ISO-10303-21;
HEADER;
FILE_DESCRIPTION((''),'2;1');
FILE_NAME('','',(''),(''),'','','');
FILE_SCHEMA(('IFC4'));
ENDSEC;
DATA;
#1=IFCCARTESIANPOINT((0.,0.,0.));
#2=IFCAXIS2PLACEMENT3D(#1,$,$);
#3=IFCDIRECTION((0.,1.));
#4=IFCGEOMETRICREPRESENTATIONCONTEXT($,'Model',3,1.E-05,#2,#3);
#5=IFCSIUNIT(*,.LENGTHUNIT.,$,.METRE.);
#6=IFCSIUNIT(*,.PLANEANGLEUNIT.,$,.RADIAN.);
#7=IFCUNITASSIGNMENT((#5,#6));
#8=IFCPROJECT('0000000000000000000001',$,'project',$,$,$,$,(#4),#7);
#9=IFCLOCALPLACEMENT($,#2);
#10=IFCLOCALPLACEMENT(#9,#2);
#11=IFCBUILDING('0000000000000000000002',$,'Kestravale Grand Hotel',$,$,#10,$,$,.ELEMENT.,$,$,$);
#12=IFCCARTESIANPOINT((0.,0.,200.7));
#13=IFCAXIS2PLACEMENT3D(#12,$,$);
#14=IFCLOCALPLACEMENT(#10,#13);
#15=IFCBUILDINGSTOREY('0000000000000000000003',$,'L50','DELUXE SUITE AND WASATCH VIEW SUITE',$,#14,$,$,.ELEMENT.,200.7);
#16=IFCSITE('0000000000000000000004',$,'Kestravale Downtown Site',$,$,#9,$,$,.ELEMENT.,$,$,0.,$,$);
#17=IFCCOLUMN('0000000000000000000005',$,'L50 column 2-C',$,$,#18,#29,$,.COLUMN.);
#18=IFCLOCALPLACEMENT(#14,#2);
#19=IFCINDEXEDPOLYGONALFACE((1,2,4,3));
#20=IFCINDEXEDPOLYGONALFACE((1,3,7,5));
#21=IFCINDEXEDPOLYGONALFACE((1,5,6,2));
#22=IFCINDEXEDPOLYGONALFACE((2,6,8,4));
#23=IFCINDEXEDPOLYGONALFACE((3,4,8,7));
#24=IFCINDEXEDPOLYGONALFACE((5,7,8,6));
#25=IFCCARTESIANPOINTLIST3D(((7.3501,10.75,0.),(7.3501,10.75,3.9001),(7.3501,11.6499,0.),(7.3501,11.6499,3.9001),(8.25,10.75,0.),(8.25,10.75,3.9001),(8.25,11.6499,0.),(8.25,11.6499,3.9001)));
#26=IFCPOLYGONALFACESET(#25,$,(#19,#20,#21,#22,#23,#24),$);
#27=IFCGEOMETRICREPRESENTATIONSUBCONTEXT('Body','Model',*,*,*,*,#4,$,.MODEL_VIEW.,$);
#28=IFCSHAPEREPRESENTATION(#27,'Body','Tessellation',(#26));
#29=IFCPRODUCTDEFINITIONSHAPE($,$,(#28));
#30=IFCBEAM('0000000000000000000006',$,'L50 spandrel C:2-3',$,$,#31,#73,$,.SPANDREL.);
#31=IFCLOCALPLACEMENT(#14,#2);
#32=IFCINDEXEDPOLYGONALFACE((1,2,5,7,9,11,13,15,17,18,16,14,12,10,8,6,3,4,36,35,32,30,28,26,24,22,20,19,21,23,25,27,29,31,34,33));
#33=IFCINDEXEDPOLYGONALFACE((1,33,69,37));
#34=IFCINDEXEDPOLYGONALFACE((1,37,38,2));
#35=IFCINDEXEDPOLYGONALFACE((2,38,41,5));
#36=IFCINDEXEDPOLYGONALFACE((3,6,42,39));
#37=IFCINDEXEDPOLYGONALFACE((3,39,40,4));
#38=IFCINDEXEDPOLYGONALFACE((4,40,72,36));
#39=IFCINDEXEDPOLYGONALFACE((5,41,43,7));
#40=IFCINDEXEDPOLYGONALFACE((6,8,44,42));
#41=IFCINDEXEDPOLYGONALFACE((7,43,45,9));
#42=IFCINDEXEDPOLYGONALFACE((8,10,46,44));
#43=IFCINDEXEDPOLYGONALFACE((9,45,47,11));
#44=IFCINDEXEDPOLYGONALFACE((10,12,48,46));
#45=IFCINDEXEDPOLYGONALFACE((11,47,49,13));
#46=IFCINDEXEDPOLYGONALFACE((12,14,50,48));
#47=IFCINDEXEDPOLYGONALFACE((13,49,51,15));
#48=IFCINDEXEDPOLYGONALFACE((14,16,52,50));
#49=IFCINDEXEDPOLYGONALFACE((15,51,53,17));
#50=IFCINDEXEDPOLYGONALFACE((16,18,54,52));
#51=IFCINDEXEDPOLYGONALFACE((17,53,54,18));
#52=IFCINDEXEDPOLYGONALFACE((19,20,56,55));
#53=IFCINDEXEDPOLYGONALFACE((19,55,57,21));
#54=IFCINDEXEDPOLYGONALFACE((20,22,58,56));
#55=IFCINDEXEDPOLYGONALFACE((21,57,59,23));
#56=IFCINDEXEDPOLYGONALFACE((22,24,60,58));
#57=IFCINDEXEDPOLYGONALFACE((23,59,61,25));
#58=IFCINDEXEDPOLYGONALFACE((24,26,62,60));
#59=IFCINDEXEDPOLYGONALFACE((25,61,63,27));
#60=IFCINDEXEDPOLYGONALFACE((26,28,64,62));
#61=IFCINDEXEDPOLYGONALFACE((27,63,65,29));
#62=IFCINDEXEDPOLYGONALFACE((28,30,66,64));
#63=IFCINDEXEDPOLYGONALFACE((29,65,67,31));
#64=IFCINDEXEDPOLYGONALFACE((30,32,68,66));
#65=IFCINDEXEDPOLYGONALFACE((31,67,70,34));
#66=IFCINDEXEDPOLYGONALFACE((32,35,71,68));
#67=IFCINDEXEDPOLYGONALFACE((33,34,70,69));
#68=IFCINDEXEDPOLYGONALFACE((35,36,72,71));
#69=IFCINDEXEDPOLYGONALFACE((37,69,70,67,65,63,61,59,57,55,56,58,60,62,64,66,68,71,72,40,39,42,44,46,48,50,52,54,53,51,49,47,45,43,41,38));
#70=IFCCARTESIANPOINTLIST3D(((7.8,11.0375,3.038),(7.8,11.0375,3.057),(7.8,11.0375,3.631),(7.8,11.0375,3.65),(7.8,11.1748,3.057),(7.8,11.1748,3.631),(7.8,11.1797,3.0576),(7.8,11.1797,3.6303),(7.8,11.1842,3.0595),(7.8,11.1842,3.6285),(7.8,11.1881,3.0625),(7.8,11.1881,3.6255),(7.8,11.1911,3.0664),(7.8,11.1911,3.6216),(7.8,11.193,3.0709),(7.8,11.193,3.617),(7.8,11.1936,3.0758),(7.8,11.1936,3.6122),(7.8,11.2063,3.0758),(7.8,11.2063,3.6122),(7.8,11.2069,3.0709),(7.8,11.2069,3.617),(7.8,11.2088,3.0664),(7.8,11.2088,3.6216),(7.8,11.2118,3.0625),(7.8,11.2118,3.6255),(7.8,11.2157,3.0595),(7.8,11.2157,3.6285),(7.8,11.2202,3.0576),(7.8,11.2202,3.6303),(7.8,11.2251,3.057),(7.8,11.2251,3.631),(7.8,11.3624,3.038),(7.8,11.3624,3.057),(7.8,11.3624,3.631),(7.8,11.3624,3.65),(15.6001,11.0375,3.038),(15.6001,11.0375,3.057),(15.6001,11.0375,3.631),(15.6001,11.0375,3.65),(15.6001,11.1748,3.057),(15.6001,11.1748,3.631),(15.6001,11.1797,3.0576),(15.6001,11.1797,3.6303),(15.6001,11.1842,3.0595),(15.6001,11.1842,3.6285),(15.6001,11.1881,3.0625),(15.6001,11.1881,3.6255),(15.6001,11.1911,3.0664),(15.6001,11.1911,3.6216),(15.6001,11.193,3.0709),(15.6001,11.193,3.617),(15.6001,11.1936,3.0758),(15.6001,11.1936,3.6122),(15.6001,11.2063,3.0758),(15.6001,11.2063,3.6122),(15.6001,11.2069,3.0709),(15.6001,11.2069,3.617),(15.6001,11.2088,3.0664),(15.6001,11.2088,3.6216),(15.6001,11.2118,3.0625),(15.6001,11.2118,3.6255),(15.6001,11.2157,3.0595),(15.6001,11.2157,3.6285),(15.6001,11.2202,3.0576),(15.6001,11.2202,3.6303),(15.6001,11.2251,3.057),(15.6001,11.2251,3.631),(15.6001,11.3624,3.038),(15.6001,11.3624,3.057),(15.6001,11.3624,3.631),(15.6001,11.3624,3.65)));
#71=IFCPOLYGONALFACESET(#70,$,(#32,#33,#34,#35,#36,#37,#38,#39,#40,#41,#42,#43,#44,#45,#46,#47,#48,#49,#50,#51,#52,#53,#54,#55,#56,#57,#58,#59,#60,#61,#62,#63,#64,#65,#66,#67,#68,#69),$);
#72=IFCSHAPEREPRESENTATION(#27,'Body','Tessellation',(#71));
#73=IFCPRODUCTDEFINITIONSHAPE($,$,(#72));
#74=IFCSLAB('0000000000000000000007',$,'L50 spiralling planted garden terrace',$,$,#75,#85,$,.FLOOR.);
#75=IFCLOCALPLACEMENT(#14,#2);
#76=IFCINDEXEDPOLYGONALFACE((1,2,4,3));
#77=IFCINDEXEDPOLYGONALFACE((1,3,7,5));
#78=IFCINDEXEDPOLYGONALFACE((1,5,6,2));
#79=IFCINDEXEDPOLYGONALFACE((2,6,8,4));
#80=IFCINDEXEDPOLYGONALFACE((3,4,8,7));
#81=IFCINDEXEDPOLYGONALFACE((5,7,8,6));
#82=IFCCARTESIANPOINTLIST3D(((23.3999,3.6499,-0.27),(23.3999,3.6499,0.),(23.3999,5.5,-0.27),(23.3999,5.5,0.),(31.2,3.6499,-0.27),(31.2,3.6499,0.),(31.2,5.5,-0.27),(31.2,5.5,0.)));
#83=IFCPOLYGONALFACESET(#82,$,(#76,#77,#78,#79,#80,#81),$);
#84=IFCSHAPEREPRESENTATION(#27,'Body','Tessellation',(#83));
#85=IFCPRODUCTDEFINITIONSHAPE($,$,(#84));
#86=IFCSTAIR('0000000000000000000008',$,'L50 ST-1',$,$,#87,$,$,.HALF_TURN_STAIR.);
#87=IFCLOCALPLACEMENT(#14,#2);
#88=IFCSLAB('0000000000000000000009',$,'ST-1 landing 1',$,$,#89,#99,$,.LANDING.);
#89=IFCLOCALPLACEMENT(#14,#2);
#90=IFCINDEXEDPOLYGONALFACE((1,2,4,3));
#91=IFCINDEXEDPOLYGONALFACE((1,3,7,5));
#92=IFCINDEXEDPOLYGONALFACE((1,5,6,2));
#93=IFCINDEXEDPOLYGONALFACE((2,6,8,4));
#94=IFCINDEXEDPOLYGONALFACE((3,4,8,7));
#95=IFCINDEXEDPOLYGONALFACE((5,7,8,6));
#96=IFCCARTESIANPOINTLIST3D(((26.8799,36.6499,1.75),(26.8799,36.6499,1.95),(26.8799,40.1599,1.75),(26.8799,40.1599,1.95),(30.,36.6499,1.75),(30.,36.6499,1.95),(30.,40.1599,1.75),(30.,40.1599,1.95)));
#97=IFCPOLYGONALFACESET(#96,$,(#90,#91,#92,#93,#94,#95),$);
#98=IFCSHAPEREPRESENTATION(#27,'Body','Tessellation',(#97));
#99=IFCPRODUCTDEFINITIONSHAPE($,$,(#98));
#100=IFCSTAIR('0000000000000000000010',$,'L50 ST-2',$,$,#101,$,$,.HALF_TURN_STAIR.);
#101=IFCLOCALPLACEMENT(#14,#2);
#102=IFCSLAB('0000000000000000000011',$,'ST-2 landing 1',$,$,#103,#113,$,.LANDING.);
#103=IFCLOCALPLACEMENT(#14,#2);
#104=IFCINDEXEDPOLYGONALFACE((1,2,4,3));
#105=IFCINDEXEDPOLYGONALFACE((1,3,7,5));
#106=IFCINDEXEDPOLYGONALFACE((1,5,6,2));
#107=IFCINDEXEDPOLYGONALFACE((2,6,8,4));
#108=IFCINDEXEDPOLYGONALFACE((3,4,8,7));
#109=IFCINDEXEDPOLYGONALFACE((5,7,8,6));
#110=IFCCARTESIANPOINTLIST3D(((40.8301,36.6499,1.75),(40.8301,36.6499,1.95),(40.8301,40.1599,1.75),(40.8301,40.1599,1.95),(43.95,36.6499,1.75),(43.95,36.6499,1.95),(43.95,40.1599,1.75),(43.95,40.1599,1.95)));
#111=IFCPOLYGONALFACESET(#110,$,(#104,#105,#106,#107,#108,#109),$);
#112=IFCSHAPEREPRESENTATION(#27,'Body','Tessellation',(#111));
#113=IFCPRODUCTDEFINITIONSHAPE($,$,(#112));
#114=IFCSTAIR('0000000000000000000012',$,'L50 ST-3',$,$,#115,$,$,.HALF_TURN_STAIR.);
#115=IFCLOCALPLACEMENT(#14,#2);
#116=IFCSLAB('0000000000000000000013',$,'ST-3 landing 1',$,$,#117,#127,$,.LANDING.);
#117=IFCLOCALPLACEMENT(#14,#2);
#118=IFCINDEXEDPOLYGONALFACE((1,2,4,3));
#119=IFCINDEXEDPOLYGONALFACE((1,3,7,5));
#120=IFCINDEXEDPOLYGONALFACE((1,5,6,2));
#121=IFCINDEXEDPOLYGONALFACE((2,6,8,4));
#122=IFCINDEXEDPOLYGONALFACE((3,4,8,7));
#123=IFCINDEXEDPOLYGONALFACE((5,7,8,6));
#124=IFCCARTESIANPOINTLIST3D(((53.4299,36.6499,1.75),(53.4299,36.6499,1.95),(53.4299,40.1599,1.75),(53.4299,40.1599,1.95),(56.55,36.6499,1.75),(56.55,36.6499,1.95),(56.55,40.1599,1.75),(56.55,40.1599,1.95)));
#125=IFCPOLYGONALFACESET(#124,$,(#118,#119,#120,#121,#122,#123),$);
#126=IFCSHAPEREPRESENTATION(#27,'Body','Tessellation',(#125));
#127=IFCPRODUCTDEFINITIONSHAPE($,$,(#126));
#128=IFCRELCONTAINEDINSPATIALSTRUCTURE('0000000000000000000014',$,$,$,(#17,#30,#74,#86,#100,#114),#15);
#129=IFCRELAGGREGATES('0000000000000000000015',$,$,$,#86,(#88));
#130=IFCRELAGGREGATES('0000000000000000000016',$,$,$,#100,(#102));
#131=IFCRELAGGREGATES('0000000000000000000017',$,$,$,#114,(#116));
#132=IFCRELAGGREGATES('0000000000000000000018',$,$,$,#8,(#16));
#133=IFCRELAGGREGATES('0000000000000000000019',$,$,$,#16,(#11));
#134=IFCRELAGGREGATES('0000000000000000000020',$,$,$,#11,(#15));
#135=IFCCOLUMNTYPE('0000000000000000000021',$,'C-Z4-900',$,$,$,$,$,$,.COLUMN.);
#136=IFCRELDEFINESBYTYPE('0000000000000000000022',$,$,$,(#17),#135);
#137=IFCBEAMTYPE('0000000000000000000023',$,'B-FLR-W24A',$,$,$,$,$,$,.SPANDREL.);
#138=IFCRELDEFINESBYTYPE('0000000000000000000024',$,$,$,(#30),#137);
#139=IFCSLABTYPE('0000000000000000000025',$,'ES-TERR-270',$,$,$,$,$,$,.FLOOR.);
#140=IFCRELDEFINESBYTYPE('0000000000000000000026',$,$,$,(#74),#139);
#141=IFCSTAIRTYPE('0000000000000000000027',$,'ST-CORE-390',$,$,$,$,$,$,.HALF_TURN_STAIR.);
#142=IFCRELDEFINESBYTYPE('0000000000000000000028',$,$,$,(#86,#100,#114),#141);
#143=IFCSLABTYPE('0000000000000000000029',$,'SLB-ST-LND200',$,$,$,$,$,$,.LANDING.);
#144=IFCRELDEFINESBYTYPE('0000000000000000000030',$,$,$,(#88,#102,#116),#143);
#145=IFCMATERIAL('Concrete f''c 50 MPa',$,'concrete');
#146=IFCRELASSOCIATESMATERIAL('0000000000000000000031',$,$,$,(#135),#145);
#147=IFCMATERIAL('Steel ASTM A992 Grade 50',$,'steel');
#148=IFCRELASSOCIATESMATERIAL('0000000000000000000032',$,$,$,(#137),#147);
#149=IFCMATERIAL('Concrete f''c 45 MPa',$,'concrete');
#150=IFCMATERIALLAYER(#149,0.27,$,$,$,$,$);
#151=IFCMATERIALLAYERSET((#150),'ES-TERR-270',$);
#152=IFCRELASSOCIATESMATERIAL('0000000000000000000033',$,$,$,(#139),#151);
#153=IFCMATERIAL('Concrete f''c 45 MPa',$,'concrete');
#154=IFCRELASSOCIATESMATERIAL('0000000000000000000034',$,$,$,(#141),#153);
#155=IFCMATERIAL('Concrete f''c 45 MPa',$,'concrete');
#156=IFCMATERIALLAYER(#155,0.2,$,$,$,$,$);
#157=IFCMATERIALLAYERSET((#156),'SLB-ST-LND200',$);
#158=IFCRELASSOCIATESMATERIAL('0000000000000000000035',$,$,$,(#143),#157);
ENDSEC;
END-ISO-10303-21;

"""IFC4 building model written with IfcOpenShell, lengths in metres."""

from ifc_helpers import new_model, si_unit, direction, frame, origin, origin_2d, place, context, subcontext, project, spatial, polyline, rectangle, i_section, outline, extrude, material, layer, layer_set, material_profile, profile_set, type_object, element, aggregate, save


model = new_model("IFC4")

# Units and contexts
model_context = context("Model", 3, precision=1e-05, world=origin(), true_north=direction((0.0, 1.0)))
body_context = subcontext(model_context, "Body", "Model", "MODEL_VIEW")
ifc_project = project(units=[si_unit("LENGTHUNIT", "METRE"), si_unit("PLANEANGLEUNIT", "RADIAN")], contexts=[model_context])

# Site, building, storey
site_placement = place(None, origin())
site = spatial("IfcSite", under=ifc_project, at=site_placement, Name="Kestravale Downtown Site", CompositionType="ELEMENT", RefElevation=0.0)
building_placement = place(site_placement, origin())
building = spatial("IfcBuilding", under=site, at=building_placement, Name="Kestravale Grand Hotel", CompositionType="ELEMENT")
storey_placement = place(building_placement, frame((0.0, 0.0, 200.7)))
storey = spatial("IfcBuildingStorey", under=building, at=storey_placement, Name="L50", Description="DELUXE SUITE AND WASATCH VIEW SUITE", CompositionType="ELEMENT", Elevation=200.7)

# Column
ifc_material_1 = material(Name="Concrete f'c 50 MPa", Category="concrete")
ifc_material_profile_1 = material_profile(ifc_material_1, rectangle(XDim=0.8999, YDim=0.8999, at=origin_2d()))
ifc_profile_set_1 = profile_set([ifc_material_profile_1], Name="Concrete f'c 50 MPa")
column_type = type_object("IfcColumnType", Name="C-Z4-900", PredefinedType="COLUMN", material=ifc_profile_set_1)
column_placement = place(storey_placement, frame((7.8, 11.2, 0.0), z_axis=(0.0, 0.0, 1.0), x_axis=(1.0, 0.0, 0.0)))
element("IfcColumn", 1, at=column_placement, inside=storey, type_object=column_type, Name="L50 column 2-C", PredefinedType="COLUMN", context=body_context, shape_type="SweptSolid", body=[
    extrude(rectangle(XDim=0.8999, YDim=0.8999, at=origin_2d()), origin(), (0.0, 0.0, 1.0), 3.9001),
])

# Beam
ifc_material_2 = material(Name="Steel ASTM A992 Grade 50", Category="steel")
ifc_material_profile_2 = material_profile(ifc_material_2, i_section(OverallWidth=0.325, OverallDepth=0.6121, WebThickness=0.0127, FlangeThickness=0.019, FilletRadius=0.0188, at=origin_2d()))
ifc_profile_set_2 = profile_set([ifc_material_profile_2], Name="Steel ASTM A992 Grade 50")
beam_type = type_object("IfcBeamType", Name="B-FLR-W24A", PredefinedType="SPANDREL", material=ifc_profile_set_2)
beam_placement = place(storey_placement, frame((7.8, 11.2, 3.344), z_axis=(1.0, 0.0, 0.0), x_axis=(0.0, 1.0, 0.0)))
element("IfcBeam", 2, at=beam_placement, inside=storey, type_object=beam_type, Name="L50 spandrel C:2-3", PredefinedType="SPANDREL", context=body_context, shape_type="SweptSolid", body=[
    extrude(i_section(OverallWidth=0.325, OverallDepth=0.6121, WebThickness=0.0127, FlangeThickness=0.019, FilletRadius=0.0188, at=origin_2d()), origin(), (0.0, 0.0, 1.0), 7.8),
])

# Slab
ifc_material_3 = material(Name="Concrete f'c 45 MPa", Category="concrete")
ifc_layer_1 = layer(ifc_material_3, 0.27)
ifc_layer_set_1 = layer_set([ifc_layer_1], Name="ES-TERR-270")
slab_type_1 = type_object("IfcSlabType", Name="ES-TERR-270", PredefinedType="FLOOR", material=ifc_layer_set_1)
slab_1_placement = place(storey_placement, frame((0.0, 0.0, -0.27)))
element("IfcSlab", 3, at=slab_1_placement, inside=storey, type_object=slab_type_1, Name="L50 spiralling planted garden terrace", PredefinedType="FLOOR", context=body_context, shape_type="SweptSolid", body=[
    extrude(outline(polyline([(23.3999, 3.6499), (31.2, 3.6499), (31.2, 5.5), (23.3999, 5.5), (23.3999, 3.6499)])), origin(), (0.0, 0.0, 1.0), 0.27),
])

# Stairs, slabs
ifc_material_4 = material(Name="Concrete f'c 45 MPa", Category="concrete")
stair_type = type_object("IfcStairType", Name="ST-CORE-390", PredefinedType="HALF_TURN_STAIR", material=ifc_material_4)
stair_1_placement = place(storey_placement, origin())
stair_1 = element("IfcStair", 4, at=stair_1_placement, inside=storey, type_object=stair_type, Name="L50 ST-1", PredefinedType="HALF_TURN_STAIR")
ifc_material_5 = material(Name="Concrete f'c 45 MPa", Category="concrete")
ifc_layer_2 = layer(ifc_material_5, 0.2)
ifc_layer_set_2 = layer_set([ifc_layer_2], Name="SLB-ST-LND200")
slab_type_2 = type_object("IfcSlabType", Name="SLB-ST-LND200", PredefinedType="LANDING", material=ifc_layer_set_2)
slab_2_placement = place(storey_placement, frame((0.0, 0.0, 1.75)))
slab_2 = element("IfcSlab", 5, at=slab_2_placement, type_object=slab_type_2, Name="ST-1 landing 1", PredefinedType="LANDING", context=body_context, shape_type="SweptSolid", body=[
    extrude(outline(polyline([(26.8799, 36.6499), (30.0, 36.6499), (30.0, 40.1599), (26.8799, 40.1599), (26.8799, 36.6499)])), origin(), (0.0, 0.0, 1.0), 0.2),
])
aggregate(stair_1, [slab_2])
stair_2_placement = place(storey_placement, origin())
stair_2 = element("IfcStair", 6, at=stair_2_placement, inside=storey, type_object=stair_type, Name="L50 ST-2", PredefinedType="HALF_TURN_STAIR")
slab_3_placement = place(storey_placement, frame((0.0, 0.0, 1.75)))
slab_3 = element("IfcSlab", 7, at=slab_3_placement, type_object=slab_type_2, Name="ST-2 landing 1", PredefinedType="LANDING", context=body_context, shape_type="SweptSolid", body=[
    extrude(outline(polyline([(40.8301, 36.6499), (43.95, 36.6499), (43.95, 40.1599), (40.8301, 40.1599), (40.8301, 36.6499)])), origin(), (0.0, 0.0, 1.0), 0.2),
])
aggregate(stair_2, [slab_3])
stair_3_placement = place(storey_placement, origin())
stair_3 = element("IfcStair", 8, at=stair_3_placement, inside=storey, type_object=stair_type, Name="L50 ST-3", PredefinedType="HALF_TURN_STAIR")
slab_4_placement = place(storey_placement, frame((0.0, 0.0, 1.75)))
slab_4 = element("IfcSlab", 9, at=slab_4_placement, type_object=slab_type_2, Name="ST-3 landing 1", PredefinedType="LANDING", context=body_context, shape_type="SweptSolid", body=[
    extrude(outline(polyline([(53.4299, 36.6499), (56.55, 36.6499), (56.55, 40.1599), (53.4299, 40.1599), (53.4299, 36.6499)])), origin(), (0.0, 0.0, 1.0), 0.2),
])
aggregate(stair_3, [slab_4])

save(model, "model.ifc")
